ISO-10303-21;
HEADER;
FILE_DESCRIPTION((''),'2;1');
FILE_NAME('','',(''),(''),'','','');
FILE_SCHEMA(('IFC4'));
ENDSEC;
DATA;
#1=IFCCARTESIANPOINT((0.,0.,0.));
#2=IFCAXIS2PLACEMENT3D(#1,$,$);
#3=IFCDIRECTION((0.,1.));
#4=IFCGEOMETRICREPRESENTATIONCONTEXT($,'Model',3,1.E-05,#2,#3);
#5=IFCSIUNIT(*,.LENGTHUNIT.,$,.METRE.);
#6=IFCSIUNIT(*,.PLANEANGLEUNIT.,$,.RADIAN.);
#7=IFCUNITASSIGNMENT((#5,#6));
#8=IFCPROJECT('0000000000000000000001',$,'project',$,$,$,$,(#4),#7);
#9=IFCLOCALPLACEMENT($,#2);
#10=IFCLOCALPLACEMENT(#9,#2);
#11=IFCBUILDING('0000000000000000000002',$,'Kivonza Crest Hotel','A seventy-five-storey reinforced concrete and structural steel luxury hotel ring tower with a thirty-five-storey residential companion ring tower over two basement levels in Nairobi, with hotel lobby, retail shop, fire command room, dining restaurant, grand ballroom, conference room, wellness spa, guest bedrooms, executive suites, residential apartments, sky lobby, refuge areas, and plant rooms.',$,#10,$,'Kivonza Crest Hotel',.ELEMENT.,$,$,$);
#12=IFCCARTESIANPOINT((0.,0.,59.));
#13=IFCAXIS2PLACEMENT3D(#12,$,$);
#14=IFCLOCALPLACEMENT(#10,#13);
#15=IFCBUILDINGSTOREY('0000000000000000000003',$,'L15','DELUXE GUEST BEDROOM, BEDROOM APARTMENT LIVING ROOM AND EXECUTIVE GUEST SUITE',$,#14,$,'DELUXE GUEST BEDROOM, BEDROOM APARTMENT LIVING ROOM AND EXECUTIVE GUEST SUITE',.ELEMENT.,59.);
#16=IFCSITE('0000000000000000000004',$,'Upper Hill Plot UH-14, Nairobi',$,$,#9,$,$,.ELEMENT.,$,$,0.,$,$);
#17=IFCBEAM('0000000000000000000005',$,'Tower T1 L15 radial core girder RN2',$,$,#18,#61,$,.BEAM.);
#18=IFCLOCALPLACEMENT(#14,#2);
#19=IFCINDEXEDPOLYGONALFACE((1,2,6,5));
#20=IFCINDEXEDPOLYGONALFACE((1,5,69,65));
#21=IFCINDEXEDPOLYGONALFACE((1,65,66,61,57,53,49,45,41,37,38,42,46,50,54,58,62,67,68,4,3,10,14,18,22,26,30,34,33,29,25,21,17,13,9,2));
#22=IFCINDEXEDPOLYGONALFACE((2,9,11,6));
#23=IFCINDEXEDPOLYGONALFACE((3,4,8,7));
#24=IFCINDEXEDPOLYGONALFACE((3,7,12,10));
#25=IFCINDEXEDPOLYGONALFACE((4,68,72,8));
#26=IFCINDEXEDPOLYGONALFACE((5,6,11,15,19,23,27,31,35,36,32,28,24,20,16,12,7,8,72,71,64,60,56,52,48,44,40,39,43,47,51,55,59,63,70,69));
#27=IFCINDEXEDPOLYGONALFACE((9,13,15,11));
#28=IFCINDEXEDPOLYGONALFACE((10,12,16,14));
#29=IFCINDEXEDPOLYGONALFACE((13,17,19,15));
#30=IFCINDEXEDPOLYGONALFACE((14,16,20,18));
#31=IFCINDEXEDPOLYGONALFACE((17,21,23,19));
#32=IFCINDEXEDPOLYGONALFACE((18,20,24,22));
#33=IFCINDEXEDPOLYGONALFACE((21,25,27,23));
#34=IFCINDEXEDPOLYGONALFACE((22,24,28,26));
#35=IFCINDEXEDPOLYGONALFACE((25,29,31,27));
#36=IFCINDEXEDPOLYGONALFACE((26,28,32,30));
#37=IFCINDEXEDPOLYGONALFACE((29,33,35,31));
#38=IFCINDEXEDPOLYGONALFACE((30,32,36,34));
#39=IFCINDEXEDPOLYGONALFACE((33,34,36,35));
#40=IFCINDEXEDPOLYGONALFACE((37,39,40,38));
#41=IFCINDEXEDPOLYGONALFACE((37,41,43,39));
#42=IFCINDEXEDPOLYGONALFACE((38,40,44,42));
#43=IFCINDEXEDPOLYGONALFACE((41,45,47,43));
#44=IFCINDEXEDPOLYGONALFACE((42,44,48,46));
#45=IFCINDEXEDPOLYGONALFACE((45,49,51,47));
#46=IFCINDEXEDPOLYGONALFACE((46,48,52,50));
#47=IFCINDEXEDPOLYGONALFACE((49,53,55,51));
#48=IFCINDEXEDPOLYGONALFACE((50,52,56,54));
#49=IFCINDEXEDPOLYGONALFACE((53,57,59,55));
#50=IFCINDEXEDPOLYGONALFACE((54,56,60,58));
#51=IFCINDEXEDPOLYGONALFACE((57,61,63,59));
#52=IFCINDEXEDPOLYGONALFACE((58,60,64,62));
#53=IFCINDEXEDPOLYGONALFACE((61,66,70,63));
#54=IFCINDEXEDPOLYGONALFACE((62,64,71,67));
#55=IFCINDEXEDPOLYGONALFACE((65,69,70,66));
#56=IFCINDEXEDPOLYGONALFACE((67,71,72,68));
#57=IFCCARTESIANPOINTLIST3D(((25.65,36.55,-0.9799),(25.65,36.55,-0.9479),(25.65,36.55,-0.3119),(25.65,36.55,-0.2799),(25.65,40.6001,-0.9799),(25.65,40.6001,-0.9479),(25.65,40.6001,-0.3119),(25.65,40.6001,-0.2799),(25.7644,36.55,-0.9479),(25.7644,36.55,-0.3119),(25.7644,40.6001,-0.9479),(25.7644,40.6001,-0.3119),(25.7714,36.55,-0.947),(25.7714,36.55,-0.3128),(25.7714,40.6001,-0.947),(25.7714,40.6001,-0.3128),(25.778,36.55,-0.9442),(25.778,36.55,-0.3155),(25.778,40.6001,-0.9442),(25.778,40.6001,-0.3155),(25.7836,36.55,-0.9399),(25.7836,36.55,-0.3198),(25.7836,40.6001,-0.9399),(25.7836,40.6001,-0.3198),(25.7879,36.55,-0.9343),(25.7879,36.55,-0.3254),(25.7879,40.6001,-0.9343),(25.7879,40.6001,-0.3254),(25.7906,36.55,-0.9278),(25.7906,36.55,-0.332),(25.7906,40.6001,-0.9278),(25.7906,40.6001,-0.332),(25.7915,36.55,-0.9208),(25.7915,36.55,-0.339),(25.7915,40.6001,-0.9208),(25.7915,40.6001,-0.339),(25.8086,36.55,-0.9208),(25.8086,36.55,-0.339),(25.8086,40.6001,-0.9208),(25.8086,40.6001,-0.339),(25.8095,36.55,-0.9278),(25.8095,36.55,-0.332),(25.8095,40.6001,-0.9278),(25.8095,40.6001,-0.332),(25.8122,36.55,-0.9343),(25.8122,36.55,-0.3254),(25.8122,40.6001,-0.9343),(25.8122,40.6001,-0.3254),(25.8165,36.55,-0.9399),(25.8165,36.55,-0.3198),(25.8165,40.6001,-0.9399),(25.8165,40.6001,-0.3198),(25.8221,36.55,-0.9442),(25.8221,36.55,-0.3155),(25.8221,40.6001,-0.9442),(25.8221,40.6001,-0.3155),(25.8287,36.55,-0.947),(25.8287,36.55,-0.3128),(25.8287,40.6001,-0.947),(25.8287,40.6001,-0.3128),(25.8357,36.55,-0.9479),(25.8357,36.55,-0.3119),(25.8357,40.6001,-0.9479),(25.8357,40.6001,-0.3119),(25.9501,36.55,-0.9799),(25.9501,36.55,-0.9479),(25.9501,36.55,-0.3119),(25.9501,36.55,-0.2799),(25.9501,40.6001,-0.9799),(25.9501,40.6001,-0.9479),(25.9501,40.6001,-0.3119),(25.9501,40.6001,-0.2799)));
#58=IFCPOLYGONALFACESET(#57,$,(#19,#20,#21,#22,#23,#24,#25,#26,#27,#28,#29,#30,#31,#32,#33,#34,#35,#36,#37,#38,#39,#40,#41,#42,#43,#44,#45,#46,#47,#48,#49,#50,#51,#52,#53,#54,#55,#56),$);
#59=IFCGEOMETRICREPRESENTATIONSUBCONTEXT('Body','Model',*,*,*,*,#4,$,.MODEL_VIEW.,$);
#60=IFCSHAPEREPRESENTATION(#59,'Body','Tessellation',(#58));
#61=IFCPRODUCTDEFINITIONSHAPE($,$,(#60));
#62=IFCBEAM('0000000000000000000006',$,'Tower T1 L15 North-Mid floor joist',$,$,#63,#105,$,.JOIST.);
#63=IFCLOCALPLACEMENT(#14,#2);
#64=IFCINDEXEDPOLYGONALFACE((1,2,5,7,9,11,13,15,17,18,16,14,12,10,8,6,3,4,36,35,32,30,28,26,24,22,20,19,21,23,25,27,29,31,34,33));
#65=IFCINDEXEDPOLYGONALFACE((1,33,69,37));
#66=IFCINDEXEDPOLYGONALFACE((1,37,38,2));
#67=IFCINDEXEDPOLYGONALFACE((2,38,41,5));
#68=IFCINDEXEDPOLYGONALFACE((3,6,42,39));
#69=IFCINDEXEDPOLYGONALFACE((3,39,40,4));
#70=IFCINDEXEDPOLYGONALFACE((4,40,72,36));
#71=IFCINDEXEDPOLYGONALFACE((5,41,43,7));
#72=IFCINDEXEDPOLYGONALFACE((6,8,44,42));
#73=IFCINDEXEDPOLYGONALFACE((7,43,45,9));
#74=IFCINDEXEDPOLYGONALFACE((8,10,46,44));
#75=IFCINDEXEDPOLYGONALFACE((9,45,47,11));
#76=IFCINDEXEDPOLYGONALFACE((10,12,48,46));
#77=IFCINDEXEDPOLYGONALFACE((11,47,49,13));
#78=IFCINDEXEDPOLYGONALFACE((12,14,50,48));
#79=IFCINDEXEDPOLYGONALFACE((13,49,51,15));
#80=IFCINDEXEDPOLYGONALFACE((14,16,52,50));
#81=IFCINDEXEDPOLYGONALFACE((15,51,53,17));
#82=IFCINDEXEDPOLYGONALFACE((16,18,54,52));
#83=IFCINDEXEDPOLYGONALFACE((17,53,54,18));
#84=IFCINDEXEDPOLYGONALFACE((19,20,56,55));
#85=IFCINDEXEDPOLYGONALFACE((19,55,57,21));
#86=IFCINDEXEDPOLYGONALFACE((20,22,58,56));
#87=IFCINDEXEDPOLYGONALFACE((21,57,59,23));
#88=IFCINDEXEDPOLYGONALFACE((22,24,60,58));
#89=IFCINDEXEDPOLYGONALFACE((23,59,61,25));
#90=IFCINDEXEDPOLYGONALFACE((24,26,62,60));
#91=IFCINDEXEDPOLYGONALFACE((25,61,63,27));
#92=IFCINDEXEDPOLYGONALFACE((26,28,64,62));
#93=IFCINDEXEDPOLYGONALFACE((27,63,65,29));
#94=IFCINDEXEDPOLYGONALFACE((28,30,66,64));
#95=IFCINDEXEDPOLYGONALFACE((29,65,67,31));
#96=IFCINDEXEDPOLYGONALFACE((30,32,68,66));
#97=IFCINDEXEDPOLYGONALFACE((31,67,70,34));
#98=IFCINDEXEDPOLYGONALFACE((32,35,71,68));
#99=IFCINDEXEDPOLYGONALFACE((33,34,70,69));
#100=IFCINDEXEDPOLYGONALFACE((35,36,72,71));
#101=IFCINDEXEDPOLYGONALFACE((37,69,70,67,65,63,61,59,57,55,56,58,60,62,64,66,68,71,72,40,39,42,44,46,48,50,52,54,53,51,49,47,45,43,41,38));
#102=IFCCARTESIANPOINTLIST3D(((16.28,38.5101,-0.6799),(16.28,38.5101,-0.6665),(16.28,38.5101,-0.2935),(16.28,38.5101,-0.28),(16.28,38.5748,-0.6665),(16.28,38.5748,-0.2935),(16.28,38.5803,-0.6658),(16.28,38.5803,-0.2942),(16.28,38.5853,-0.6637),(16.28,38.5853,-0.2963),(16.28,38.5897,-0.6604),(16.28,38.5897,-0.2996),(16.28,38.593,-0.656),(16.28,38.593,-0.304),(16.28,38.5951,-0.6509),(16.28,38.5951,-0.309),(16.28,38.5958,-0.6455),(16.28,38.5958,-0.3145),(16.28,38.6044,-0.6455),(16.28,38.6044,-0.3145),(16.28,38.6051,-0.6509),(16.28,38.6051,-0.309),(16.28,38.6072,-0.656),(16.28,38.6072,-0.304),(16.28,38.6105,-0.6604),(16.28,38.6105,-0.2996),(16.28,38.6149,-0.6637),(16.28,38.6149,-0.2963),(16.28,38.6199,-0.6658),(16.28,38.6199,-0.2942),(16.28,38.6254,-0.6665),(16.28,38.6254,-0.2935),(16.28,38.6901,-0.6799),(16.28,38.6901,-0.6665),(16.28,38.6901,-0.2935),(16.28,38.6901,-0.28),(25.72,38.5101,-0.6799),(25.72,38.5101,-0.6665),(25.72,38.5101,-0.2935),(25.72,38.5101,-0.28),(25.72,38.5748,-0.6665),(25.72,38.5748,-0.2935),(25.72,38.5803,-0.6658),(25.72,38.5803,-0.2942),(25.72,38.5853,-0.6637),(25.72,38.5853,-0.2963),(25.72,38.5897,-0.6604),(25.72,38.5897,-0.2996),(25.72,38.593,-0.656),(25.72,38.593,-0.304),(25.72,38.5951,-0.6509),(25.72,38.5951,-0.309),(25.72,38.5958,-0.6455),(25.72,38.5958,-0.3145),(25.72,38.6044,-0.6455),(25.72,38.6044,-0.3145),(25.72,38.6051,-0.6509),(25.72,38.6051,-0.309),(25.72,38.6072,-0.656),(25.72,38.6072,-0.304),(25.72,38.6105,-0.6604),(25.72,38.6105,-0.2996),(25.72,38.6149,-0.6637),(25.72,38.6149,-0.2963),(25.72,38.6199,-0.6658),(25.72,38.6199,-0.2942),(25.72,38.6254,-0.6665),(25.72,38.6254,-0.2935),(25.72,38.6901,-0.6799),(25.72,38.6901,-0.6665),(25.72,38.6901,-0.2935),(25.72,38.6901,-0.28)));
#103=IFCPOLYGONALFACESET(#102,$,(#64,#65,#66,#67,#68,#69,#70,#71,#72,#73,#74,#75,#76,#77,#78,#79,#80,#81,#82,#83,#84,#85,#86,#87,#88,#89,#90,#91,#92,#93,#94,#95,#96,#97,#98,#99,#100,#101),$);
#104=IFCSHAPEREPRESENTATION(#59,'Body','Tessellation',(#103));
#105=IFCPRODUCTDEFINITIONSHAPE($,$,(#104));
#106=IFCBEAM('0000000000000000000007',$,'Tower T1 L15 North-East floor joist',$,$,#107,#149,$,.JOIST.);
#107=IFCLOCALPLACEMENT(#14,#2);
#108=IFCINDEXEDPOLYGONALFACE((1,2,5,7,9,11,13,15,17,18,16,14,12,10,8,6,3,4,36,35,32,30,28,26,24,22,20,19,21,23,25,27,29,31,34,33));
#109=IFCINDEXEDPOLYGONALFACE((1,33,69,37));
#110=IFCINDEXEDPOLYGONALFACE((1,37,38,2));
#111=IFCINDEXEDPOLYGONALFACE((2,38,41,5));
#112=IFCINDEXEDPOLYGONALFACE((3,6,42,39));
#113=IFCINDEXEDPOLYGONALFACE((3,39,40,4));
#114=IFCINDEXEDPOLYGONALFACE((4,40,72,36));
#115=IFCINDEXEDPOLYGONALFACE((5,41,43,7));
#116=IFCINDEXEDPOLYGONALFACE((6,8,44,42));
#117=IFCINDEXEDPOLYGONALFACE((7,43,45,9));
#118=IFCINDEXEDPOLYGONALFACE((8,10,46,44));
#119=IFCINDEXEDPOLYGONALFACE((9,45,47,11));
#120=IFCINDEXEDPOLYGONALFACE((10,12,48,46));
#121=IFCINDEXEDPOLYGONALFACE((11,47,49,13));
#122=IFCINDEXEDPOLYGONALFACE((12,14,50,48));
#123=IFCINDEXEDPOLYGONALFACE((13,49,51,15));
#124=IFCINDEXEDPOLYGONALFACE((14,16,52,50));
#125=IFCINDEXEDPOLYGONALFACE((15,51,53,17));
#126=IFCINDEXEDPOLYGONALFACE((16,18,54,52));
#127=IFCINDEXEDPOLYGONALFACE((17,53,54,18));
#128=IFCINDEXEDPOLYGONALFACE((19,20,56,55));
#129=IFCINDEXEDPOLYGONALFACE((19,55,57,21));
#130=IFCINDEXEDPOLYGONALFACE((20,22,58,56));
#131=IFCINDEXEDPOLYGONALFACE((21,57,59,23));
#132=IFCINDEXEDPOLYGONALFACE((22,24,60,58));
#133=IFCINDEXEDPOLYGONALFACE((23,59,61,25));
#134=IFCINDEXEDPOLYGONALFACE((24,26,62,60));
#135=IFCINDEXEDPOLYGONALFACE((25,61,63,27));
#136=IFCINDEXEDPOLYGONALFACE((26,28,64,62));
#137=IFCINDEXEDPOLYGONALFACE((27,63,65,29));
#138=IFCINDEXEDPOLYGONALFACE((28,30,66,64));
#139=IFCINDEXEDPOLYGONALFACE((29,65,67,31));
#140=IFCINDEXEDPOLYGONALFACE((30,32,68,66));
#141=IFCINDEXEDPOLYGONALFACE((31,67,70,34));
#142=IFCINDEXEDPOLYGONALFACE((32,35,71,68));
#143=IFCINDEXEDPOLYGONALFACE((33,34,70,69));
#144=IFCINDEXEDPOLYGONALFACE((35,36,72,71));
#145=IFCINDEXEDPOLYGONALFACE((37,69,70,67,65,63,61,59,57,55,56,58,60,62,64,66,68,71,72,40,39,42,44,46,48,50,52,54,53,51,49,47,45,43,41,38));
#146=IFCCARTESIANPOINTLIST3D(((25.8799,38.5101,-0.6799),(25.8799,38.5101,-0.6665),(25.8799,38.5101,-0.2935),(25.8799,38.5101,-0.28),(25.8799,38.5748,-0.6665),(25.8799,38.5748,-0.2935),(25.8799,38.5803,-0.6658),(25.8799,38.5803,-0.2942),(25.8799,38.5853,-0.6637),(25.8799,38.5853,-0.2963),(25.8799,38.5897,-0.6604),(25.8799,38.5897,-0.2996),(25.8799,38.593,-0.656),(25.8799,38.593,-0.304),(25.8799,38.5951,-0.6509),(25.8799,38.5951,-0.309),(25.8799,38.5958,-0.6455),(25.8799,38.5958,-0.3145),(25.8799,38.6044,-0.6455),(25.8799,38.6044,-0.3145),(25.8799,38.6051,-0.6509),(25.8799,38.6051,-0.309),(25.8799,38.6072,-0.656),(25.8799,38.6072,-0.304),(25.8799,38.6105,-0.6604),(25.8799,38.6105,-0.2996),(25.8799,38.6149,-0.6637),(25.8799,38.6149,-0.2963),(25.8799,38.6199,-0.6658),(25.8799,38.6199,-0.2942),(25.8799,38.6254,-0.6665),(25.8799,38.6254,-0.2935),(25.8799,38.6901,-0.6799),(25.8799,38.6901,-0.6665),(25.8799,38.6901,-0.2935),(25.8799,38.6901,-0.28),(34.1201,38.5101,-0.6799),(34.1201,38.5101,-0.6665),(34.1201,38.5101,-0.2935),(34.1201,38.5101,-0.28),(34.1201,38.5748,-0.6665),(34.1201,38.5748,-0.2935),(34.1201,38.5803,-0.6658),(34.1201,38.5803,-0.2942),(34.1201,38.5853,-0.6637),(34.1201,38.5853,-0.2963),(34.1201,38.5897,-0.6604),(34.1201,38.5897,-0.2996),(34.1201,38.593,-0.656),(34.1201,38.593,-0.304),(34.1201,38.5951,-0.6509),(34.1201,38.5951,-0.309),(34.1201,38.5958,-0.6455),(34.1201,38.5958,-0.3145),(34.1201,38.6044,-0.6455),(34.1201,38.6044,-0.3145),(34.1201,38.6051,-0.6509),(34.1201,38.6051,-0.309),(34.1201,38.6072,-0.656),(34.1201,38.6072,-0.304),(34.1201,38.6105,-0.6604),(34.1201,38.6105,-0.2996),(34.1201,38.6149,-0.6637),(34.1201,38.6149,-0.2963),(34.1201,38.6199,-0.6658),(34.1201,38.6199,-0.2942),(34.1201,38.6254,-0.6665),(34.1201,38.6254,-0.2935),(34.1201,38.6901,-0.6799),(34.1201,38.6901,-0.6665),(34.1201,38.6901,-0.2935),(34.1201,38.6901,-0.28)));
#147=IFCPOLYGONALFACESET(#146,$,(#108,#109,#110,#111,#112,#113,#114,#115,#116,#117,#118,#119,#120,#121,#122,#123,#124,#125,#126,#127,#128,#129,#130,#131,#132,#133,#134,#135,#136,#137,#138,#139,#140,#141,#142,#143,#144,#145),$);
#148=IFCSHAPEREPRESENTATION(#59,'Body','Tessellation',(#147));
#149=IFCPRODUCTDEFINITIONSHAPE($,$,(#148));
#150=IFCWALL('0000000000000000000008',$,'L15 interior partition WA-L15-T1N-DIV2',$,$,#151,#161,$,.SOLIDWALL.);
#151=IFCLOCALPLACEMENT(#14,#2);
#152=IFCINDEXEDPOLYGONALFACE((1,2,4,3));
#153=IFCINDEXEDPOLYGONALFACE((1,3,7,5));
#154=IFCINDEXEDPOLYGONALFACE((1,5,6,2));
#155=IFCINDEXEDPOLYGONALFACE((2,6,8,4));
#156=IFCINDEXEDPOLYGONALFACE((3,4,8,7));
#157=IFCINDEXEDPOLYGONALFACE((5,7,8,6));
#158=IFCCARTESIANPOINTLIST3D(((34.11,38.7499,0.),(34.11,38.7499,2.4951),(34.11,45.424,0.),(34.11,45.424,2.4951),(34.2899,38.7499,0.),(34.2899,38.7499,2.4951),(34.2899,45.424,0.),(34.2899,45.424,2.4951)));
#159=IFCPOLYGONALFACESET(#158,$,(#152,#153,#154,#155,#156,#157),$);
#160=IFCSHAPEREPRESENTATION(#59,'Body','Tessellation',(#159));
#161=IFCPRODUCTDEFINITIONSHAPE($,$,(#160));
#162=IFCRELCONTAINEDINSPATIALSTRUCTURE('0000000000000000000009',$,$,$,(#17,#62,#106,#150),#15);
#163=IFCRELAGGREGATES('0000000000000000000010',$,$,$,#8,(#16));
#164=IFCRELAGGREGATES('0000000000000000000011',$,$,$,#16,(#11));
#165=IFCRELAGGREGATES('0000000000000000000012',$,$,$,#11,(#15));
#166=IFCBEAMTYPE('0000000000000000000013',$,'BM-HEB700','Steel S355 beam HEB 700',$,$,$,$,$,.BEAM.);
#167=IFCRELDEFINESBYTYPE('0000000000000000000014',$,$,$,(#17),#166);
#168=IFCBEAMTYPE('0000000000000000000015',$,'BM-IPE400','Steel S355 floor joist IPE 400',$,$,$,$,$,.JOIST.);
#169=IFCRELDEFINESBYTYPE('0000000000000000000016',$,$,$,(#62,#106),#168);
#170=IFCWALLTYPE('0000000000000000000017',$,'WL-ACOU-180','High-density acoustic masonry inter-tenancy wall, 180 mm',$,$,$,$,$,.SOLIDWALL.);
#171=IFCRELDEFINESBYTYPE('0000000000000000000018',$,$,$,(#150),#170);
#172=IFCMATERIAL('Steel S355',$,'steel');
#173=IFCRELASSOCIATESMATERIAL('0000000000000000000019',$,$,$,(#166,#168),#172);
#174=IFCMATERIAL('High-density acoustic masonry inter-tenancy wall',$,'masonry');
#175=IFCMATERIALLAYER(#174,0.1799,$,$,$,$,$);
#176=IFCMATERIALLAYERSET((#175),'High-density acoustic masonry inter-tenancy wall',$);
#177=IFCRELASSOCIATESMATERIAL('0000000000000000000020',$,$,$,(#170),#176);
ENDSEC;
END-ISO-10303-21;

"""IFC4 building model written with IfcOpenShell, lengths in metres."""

from ifc_helpers import new_model, si_unit, direction, frame, frame_2d, origin, origin_2d, place, context, subcontext, project, spatial, rectangle, i_section, extrude, material, layer, layer_set, material_profile, profile_set, type_object, element, save


model = new_model("IFC4")

# Units and contexts
model_context = context("Model", 3, precision=1e-05, world=origin(), true_north=direction((0.0, 1.0)))
body_context = subcontext(model_context, "Body", "Model", "MODEL_VIEW")
ifc_project = project(units=[si_unit("LENGTHUNIT", "METRE"), si_unit("PLANEANGLEUNIT", "RADIAN")], contexts=[model_context])

# Site, building, storey
site_placement = place(None, origin())
site = spatial("IfcSite", under=ifc_project, at=site_placement, Name="Upper Hill Plot UH-14, Nairobi", CompositionType="ELEMENT", RefElevation=0.0)
building_placement = place(site_placement, origin())
building = spatial("IfcBuilding", under=site, at=building_placement, Name="Kivonza Crest Hotel", Description="A seventy-five-storey reinforced concrete and structural steel luxury hotel ring tower with a thirty-five-storey residential companion ring tower over two basement levels in Nairobi, with hotel lobby, retail shop, fire command room, dining restaurant, grand ballroom, conference room, wellness spa, guest bedrooms, executive suites, residential apartments, sky lobby, refuge areas, and plant rooms.", LongName="Kivonza Crest Hotel", CompositionType="ELEMENT")
storey_placement = place(building_placement, frame((0.0, 0.0, 59.0)))
storey = spatial("IfcBuildingStorey", under=building, at=storey_placement, Name="L15", Description="DELUXE GUEST BEDROOM, BEDROOM APARTMENT LIVING ROOM AND EXECUTIVE GUEST SUITE", LongName="DELUXE GUEST BEDROOM, BEDROOM APARTMENT LIVING ROOM AND EXECUTIVE GUEST SUITE", CompositionType="ELEMENT", Elevation=59.0)

# Beams
ifc_material_1 = material(Name="Steel S355", Category="steel")
ifc_material_profile_1 = material_profile(ifc_material_1, i_section(OverallWidth=0.3, OverallDepth=0.7, WebThickness=0.0171, FlangeThickness=0.032, FilletRadius=0.0271, at=origin_2d()), Name="HEB 700")
ifc_profile_set_1 = profile_set([ifc_material_profile_1], Name="Steel S355")
beam_type_1 = type_object("IfcBeamType", Name="BM-HEB700", Description="Steel S355 beam HEB 700", PredefinedType="BEAM", material=ifc_profile_set_1)
for number, where, z_axis, x_axis, name in (
    (1, (25.8, 40.6001, -0.6299), (0.0, -1.0, 0.0), (1.0, 0.0, 0.0), "Tower T1 L15 radial core girder RN2"),
):
    element("IfcBeam", number, at=place(storey_placement, frame(where, z_axis=z_axis, x_axis=x_axis)), inside=storey, type_object=beam_type_1, Name=name, PredefinedType="BEAM", context=body_context, shape_type="SweptSolid", body=[
        extrude(i_section(OverallWidth=0.3, OverallDepth=0.7, WebThickness=0.0171, FlangeThickness=0.032, FilletRadius=0.0271, at=origin_2d()), origin(), (0.0, 0.0, 1.0), 4.05),
    ])
ifc_material_profile_2 = material_profile(ifc_material_1, i_section(OverallWidth=0.1799, OverallDepth=0.3999, WebThickness=0.0085, FlangeThickness=0.0134, FilletRadius=0.021, at=origin_2d()), Name="IPE 400")
ifc_profile_set_2 = profile_set([ifc_material_profile_2], Name="Steel S355")
beam_type_2 = type_object("IfcBeamType", Name="BM-IPE400", Description="Steel S355 floor joist IPE 400", PredefinedType="JOIST", material=ifc_profile_set_2)
beam_1_placement = place(storey_placement, frame((16.28, 38.6001, -0.48), z_axis=(1.0, 0.0, 0.0), x_axis=(0.0, 1.0, 0.0)))
element("IfcBeam", 2, at=beam_1_placement, inside=storey, type_object=beam_type_2, Name="Tower T1 L15 North-Mid floor joist", PredefinedType="JOIST", context=body_context, shape_type="SweptSolid", body=[
    extrude(i_section(OverallWidth=0.1799, OverallDepth=0.3999, WebThickness=0.0085, FlangeThickness=0.0134, FilletRadius=0.021, at=origin_2d()), origin(), (0.0, 0.0, 1.0), 9.4399),
])
beam_2_placement = place(storey_placement, frame((25.8799, 38.6001, -0.48), z_axis=(1.0, 0.0, 0.0), x_axis=(0.0, 1.0, 0.0)))
element("IfcBeam", 3, at=beam_2_placement, inside=storey, type_object=beam_type_2, Name="Tower T1 L15 North-East floor joist", PredefinedType="JOIST", context=body_context, shape_type="SweptSolid", body=[
    extrude(i_section(OverallWidth=0.1799, OverallDepth=0.3999, WebThickness=0.0085, FlangeThickness=0.0134, FilletRadius=0.021, at=origin_2d()), origin(), (0.0, 0.0, 1.0), 8.2402),
])

# Wall
ifc_material_2 = material(Name="High-density acoustic masonry inter-tenancy wall", Category="masonry")
ifc_layer_1 = layer(ifc_material_2, 0.1799)
ifc_layer_set_1 = layer_set([ifc_layer_1], Name="High-density acoustic masonry inter-tenancy wall")
wall_type_1 = type_object("IfcWallType", Name="WL-ACOU-180", Description="High-density acoustic masonry inter-tenancy wall, 180 mm", PredefinedType="SOLIDWALL", material=ifc_layer_set_1)
wall_1_placement = place(storey_placement, frame((34.2, 38.75, 0.0), z_axis=(0.0, 0.0, 1.0), x_axis=(0.0, 1.0, 0.0)))
element("IfcWall", 4, at=wall_1_placement, inside=storey, type_object=wall_type_1, Name="L15 interior partition WA-L15-T1N-DIV2", PredefinedType="SOLIDWALL", context=body_context, shape_type="SweptSolid", body=[
    extrude(rectangle(XDim=6.6741, YDim=0.1799, at=frame_2d((3.3369, 0.0))), origin(), (0.0, 0.0, 1.0), 2.4951),
])

save(model, "model.ifc")
